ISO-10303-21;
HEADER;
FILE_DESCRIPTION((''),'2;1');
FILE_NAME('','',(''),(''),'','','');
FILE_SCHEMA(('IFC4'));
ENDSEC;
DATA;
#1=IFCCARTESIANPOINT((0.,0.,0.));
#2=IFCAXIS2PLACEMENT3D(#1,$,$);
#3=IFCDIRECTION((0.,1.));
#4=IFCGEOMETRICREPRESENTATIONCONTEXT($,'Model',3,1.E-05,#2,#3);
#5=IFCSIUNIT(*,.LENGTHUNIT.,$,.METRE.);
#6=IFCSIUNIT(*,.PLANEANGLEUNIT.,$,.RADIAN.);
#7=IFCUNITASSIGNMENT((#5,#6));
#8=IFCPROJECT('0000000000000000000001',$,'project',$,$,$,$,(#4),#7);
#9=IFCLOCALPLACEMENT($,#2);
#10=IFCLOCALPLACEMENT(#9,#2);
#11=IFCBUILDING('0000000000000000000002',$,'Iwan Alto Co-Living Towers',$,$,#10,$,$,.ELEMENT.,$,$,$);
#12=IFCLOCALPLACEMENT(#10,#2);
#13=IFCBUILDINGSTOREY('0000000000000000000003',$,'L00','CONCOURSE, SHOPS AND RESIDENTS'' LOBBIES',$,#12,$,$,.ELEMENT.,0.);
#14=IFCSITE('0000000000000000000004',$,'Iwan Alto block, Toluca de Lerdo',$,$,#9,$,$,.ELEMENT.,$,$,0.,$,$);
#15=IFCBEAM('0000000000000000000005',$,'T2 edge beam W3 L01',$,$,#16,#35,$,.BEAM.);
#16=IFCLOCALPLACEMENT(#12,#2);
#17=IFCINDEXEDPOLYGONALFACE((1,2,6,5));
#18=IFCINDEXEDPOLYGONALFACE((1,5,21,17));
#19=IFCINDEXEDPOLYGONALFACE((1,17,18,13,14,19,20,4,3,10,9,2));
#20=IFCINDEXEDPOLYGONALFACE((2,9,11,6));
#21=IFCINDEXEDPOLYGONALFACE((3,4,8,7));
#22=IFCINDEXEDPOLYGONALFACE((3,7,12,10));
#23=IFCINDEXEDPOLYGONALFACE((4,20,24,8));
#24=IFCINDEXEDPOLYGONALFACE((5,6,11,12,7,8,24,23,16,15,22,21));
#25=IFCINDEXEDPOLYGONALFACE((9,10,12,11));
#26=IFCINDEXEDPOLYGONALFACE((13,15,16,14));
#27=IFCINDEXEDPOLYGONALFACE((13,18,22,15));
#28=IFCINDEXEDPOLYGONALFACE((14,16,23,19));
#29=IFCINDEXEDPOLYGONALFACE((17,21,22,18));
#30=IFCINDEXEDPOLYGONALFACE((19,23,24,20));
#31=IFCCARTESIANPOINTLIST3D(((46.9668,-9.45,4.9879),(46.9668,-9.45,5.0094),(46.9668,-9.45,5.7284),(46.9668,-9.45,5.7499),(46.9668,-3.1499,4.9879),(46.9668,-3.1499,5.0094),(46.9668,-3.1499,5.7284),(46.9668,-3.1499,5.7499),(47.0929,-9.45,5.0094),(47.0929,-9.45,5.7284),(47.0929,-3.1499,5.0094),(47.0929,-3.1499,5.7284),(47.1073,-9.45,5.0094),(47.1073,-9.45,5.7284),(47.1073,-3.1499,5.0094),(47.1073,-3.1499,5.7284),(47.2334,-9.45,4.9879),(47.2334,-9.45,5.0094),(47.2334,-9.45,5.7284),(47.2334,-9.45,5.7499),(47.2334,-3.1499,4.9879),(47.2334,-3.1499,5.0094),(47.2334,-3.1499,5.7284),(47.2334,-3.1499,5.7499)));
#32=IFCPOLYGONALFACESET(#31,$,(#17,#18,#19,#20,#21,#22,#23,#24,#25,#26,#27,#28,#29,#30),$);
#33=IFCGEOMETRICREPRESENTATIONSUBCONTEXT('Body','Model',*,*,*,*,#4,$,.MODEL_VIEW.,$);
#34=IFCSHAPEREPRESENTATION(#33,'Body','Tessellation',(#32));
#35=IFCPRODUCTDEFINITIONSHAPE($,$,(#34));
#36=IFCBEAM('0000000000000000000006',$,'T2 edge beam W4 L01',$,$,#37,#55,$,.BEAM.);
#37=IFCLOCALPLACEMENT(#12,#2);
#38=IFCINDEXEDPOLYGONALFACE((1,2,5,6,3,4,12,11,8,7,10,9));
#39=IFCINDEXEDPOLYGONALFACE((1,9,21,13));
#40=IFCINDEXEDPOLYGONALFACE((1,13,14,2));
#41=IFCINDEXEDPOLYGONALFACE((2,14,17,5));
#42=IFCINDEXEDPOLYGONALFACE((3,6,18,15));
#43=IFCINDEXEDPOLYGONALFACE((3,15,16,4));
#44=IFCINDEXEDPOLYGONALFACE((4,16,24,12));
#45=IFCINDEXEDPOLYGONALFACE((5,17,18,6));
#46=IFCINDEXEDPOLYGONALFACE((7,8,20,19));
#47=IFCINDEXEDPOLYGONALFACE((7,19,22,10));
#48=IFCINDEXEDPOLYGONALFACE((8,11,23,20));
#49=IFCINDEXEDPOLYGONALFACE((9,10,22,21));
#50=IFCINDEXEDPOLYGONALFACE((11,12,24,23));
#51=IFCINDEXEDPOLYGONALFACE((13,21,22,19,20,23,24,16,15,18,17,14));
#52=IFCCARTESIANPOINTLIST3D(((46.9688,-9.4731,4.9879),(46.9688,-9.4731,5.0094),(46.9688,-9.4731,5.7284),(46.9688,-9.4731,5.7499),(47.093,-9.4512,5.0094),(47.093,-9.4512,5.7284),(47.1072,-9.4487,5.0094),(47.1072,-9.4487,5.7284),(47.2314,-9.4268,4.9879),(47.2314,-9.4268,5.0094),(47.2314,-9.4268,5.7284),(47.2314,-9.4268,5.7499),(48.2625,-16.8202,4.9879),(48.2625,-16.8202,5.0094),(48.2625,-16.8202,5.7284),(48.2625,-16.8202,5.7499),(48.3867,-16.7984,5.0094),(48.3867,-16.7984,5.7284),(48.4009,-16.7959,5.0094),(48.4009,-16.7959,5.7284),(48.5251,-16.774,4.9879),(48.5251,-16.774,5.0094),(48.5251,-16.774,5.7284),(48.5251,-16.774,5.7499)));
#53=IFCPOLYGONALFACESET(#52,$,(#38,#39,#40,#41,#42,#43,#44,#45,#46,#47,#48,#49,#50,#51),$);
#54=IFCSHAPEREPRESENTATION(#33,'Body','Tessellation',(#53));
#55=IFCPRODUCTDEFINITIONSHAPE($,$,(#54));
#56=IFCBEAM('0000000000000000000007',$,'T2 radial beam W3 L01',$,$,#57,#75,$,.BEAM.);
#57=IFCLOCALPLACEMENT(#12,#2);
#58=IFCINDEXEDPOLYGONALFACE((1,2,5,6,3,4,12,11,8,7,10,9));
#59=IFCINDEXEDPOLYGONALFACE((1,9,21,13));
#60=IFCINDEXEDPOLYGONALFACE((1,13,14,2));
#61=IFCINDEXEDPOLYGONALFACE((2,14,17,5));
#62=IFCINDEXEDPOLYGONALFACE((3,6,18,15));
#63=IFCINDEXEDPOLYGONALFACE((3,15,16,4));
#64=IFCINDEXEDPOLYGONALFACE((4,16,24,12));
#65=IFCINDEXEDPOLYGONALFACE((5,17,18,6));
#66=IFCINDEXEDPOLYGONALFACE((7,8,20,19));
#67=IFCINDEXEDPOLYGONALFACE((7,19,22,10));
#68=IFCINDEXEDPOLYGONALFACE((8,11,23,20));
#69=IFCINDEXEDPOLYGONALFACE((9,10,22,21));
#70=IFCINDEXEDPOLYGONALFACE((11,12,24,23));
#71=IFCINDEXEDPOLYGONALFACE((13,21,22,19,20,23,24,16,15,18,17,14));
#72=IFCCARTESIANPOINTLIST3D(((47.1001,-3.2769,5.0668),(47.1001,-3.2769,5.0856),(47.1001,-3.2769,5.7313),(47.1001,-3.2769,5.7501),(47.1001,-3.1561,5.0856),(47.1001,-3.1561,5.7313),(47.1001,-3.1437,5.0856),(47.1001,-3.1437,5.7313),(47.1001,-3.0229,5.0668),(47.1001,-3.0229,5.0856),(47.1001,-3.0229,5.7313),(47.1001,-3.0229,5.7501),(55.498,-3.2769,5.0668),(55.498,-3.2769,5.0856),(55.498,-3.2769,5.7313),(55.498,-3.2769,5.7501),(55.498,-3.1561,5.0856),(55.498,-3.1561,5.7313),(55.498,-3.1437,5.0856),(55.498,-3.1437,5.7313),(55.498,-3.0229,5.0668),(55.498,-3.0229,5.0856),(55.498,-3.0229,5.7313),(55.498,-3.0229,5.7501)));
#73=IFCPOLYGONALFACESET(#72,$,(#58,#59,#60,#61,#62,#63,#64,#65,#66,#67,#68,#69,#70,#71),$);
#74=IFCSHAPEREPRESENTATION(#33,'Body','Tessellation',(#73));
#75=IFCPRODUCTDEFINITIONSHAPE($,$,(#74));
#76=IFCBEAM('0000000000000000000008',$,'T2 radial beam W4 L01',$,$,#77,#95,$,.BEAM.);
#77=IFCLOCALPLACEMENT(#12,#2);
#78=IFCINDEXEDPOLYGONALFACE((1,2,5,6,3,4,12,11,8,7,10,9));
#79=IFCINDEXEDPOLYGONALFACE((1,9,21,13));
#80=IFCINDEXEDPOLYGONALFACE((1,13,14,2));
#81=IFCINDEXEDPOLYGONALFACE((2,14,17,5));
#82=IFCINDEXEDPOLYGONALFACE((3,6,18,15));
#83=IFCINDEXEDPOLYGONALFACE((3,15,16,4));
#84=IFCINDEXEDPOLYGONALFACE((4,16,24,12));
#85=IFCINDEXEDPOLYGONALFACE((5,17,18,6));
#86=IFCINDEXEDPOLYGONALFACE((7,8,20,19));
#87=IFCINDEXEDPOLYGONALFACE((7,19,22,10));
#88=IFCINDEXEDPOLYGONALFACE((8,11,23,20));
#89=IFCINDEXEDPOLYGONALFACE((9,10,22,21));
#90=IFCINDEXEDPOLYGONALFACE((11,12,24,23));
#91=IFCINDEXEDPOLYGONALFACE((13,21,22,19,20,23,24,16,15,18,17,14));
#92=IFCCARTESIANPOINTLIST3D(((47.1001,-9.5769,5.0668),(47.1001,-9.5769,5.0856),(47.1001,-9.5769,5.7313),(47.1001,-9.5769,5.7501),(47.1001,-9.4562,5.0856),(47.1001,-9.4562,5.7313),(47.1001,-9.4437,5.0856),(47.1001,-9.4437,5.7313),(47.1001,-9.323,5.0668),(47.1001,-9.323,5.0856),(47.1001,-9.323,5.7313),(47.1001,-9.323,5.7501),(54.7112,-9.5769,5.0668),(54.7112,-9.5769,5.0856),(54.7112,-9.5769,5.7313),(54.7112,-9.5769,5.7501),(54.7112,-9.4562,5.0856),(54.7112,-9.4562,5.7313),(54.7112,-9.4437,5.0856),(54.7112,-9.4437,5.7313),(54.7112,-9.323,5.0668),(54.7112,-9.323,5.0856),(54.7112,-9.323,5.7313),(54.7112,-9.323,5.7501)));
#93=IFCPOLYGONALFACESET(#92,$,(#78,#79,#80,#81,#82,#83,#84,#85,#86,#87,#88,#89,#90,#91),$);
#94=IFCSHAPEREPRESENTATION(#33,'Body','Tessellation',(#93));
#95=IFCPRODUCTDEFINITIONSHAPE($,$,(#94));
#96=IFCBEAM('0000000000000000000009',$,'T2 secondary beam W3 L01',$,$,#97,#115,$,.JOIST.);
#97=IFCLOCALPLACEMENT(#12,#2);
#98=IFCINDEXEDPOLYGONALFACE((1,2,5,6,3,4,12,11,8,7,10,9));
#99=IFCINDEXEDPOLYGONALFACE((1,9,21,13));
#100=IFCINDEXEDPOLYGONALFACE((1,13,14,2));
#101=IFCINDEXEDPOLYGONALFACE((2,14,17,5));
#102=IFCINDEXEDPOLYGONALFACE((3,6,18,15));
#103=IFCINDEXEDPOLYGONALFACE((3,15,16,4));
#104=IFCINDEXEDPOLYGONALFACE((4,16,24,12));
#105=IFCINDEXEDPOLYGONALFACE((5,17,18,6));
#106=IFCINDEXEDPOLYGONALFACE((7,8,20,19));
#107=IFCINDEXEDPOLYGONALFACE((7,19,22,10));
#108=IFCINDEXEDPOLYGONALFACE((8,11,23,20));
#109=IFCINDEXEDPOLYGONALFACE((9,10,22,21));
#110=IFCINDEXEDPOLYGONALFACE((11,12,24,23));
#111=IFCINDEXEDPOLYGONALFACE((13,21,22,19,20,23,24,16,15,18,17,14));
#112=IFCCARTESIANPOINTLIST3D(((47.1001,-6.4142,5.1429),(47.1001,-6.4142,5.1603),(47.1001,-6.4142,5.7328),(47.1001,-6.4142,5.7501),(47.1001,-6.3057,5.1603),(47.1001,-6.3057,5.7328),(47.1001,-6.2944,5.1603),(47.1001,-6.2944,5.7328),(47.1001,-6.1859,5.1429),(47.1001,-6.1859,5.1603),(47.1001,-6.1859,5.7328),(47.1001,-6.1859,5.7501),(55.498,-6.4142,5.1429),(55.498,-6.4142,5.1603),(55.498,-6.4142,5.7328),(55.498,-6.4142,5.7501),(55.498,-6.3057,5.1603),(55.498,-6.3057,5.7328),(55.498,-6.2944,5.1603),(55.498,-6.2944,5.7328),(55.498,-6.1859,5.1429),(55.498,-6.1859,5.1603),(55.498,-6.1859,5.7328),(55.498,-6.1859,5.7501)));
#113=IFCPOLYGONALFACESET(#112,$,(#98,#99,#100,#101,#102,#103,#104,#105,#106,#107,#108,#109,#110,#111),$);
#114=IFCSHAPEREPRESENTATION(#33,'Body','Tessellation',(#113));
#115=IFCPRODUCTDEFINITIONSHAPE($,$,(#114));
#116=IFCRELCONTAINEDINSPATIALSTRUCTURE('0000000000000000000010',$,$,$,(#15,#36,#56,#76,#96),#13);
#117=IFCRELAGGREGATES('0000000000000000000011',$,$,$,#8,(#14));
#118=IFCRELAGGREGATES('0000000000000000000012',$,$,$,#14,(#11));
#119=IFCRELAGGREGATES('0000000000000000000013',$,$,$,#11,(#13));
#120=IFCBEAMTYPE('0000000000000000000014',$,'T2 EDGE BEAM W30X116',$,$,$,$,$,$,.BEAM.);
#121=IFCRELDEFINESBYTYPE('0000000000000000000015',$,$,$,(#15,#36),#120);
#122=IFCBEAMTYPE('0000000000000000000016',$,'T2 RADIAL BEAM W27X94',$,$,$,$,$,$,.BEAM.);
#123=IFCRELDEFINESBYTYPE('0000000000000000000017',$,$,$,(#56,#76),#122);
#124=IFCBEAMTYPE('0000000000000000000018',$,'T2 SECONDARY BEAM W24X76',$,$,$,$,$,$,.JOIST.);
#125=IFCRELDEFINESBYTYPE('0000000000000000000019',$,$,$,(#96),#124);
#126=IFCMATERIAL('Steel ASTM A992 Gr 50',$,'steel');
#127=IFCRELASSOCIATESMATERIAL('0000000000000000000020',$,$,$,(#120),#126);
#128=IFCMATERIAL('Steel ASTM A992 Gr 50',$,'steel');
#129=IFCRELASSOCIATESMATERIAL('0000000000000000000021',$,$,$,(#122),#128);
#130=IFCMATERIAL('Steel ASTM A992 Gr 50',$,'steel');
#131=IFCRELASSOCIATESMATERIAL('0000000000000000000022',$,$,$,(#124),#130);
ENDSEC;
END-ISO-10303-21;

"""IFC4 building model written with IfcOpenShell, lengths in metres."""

from ifc_helpers import new_model, si_unit, direction, frame, origin, origin_2d, place, context, subcontext, project, spatial, i_section, extrude, material, material_profile, profile_set, type_object, element, save


model = new_model("IFC4")

# Units and contexts
model_context = context("Model", 3, precision=1e-05, world=origin(), true_north=direction((0.0, 1.0)))
body_context = subcontext(model_context, "Body", "Model", "MODEL_VIEW")
ifc_project = project(units=[si_unit("LENGTHUNIT", "METRE"), si_unit("PLANEANGLEUNIT", "RADIAN")], contexts=[model_context])

# Site, building, storey
site_placement = place(None, origin())
site = spatial("IfcSite", under=ifc_project, at=site_placement, Name="Iwan Alto block, Toluca de Lerdo", CompositionType="ELEMENT", RefElevation=0.0)
building_placement = place(site_placement, origin())
building = spatial("IfcBuilding", under=site, at=building_placement, Name="Iwan Alto Co-Living Towers", CompositionType="ELEMENT")
storey_placement = place(building_placement, origin())
storey = spatial("IfcBuildingStorey", under=building, at=storey_placement, Name="L00", Description="CONCOURSE, SHOPS AND RESIDENTS' LOBBIES", CompositionType="ELEMENT", Elevation=0.0)

# Beams
ifc_material_1 = material(Name="Steel ASTM A992 Gr 50", Category="steel")
ifc_material_profile_1 = material_profile(ifc_material_1, i_section(OverallWidth=0.2666, OverallDepth=0.762, WebThickness=0.0144, FlangeThickness=0.0215, at=origin_2d()), Name="W30X116")
ifc_profile_set_1 = profile_set([ifc_material_profile_1], Name="Steel ASTM A992 Gr 50")
beam_type_1 = type_object("IfcBeamType", Name="T2 EDGE BEAM W30X116", PredefinedType="BEAM", material=ifc_profile_set_1)
beam_1_placement = place(storey_placement, frame((47.1001, -3.1499, 5.3689), z_axis=(0.0, -1.0, 0.0), x_axis=(1.0, 0.0, 0.0)))
element("IfcBeam", 1, at=beam_1_placement, inside=storey, type_object=beam_type_1, Name="T2 edge beam W3 L01", PredefinedType="BEAM", context=body_context, shape_type="SweptSolid", body=[
    extrude(i_section(OverallWidth=0.2666, OverallDepth=0.762, WebThickness=0.0144, FlangeThickness=0.0215, at=origin_2d()), origin(), (0.0, 0.0, 1.0), 6.3),
])
beam_2_placement = place(storey_placement, frame((47.1001, -9.45, 5.3689), z_axis=(0.173414, -0.984849, 0.0), x_axis=(0.984849, 0.173414, 0.0)))
element("IfcBeam", 2, at=beam_2_placement, inside=storey, type_object=beam_type_1, Name="T2 edge beam W4 L01", PredefinedType="BEAM", context=body_context, shape_type="SweptSolid", body=[
    extrude(i_section(OverallWidth=0.2666, OverallDepth=0.762, WebThickness=0.0144, FlangeThickness=0.0215, at=origin_2d()), origin(), (0.0, 0.0, 1.0), 7.4602),
])
ifc_material_2 = material(Name="Steel ASTM A992 Gr 50", Category="steel")
ifc_material_profile_2 = material_profile(ifc_material_2, i_section(OverallWidth=0.2539, OverallDepth=0.6833, WebThickness=0.0125, FlangeThickness=0.0188, at=origin_2d()), Name="W27X94")
ifc_profile_set_2 = profile_set([ifc_material_profile_2], Name="Steel ASTM A992 Gr 50")
beam_type_2 = type_object("IfcBeamType", Name="T2 RADIAL BEAM W27X94", PredefinedType="BEAM", material=ifc_profile_set_2)
beam_3_placement = place(storey_placement, frame((47.1001, -3.1499, 5.4084), z_axis=(1.0, 0.0, 0.0), x_axis=(0.0, 1.0, 0.0)))
element("IfcBeam", 3, at=beam_3_placement, inside=storey, type_object=beam_type_2, Name="T2 radial beam W3 L01", PredefinedType="BEAM", context=body_context, shape_type="SweptSolid", body=[
    extrude(i_section(OverallWidth=0.2539, OverallDepth=0.6833, WebThickness=0.0125, FlangeThickness=0.0188, at=origin_2d()), origin(), (0.0, 0.0, 1.0), 8.3979),
])
beam_4_placement = place(storey_placement, frame((47.1001, -9.45, 5.4084), z_axis=(1.0, 0.0, 0.0), x_axis=(0.0, 1.0, 0.0)))
element("IfcBeam", 4, at=beam_4_placement, inside=storey, type_object=beam_type_2, Name="T2 radial beam W4 L01", PredefinedType="BEAM", context=body_context, shape_type="SweptSolid", body=[
    extrude(i_section(OverallWidth=0.2539, OverallDepth=0.6833, WebThickness=0.0125, FlangeThickness=0.0188, at=origin_2d()), origin(), (0.0, 0.0, 1.0), 7.6111),
])
ifc_material_3 = material(Name="Steel ASTM A992 Gr 50", Category="steel")
ifc_material_profile_3 = material_profile(ifc_material_3, i_section(OverallWidth=0.2283, OverallDepth=0.6072, WebThickness=0.0112, FlangeThickness=0.0173, at=origin_2d()), Name="W24X76")
ifc_profile_set_3 = profile_set([ifc_material_profile_3], Name="Steel ASTM A992 Gr 50")
beam_type_3 = type_object("IfcBeamType", Name="T2 SECONDARY BEAM W24X76", PredefinedType="JOIST", material=ifc_profile_set_3)
beam_5_placement = place(storey_placement, frame((47.1001, -6.3, 5.4465), z_axis=(1.0, 0.0, 0.0), x_axis=(0.0, 1.0, 0.0)))
element("IfcBeam", 5, at=beam_5_placement, inside=storey, type_object=beam_type_3, Name="T2 secondary beam W3 L01", PredefinedType="JOIST", context=body_context, shape_type="SweptSolid", body=[
    extrude(i_section(OverallWidth=0.2283, OverallDepth=0.6072, WebThickness=0.0112, FlangeThickness=0.0173, at=origin_2d()), origin(), (0.0, 0.0, 1.0), 8.3979),
])

save(model, "model.ifc")
